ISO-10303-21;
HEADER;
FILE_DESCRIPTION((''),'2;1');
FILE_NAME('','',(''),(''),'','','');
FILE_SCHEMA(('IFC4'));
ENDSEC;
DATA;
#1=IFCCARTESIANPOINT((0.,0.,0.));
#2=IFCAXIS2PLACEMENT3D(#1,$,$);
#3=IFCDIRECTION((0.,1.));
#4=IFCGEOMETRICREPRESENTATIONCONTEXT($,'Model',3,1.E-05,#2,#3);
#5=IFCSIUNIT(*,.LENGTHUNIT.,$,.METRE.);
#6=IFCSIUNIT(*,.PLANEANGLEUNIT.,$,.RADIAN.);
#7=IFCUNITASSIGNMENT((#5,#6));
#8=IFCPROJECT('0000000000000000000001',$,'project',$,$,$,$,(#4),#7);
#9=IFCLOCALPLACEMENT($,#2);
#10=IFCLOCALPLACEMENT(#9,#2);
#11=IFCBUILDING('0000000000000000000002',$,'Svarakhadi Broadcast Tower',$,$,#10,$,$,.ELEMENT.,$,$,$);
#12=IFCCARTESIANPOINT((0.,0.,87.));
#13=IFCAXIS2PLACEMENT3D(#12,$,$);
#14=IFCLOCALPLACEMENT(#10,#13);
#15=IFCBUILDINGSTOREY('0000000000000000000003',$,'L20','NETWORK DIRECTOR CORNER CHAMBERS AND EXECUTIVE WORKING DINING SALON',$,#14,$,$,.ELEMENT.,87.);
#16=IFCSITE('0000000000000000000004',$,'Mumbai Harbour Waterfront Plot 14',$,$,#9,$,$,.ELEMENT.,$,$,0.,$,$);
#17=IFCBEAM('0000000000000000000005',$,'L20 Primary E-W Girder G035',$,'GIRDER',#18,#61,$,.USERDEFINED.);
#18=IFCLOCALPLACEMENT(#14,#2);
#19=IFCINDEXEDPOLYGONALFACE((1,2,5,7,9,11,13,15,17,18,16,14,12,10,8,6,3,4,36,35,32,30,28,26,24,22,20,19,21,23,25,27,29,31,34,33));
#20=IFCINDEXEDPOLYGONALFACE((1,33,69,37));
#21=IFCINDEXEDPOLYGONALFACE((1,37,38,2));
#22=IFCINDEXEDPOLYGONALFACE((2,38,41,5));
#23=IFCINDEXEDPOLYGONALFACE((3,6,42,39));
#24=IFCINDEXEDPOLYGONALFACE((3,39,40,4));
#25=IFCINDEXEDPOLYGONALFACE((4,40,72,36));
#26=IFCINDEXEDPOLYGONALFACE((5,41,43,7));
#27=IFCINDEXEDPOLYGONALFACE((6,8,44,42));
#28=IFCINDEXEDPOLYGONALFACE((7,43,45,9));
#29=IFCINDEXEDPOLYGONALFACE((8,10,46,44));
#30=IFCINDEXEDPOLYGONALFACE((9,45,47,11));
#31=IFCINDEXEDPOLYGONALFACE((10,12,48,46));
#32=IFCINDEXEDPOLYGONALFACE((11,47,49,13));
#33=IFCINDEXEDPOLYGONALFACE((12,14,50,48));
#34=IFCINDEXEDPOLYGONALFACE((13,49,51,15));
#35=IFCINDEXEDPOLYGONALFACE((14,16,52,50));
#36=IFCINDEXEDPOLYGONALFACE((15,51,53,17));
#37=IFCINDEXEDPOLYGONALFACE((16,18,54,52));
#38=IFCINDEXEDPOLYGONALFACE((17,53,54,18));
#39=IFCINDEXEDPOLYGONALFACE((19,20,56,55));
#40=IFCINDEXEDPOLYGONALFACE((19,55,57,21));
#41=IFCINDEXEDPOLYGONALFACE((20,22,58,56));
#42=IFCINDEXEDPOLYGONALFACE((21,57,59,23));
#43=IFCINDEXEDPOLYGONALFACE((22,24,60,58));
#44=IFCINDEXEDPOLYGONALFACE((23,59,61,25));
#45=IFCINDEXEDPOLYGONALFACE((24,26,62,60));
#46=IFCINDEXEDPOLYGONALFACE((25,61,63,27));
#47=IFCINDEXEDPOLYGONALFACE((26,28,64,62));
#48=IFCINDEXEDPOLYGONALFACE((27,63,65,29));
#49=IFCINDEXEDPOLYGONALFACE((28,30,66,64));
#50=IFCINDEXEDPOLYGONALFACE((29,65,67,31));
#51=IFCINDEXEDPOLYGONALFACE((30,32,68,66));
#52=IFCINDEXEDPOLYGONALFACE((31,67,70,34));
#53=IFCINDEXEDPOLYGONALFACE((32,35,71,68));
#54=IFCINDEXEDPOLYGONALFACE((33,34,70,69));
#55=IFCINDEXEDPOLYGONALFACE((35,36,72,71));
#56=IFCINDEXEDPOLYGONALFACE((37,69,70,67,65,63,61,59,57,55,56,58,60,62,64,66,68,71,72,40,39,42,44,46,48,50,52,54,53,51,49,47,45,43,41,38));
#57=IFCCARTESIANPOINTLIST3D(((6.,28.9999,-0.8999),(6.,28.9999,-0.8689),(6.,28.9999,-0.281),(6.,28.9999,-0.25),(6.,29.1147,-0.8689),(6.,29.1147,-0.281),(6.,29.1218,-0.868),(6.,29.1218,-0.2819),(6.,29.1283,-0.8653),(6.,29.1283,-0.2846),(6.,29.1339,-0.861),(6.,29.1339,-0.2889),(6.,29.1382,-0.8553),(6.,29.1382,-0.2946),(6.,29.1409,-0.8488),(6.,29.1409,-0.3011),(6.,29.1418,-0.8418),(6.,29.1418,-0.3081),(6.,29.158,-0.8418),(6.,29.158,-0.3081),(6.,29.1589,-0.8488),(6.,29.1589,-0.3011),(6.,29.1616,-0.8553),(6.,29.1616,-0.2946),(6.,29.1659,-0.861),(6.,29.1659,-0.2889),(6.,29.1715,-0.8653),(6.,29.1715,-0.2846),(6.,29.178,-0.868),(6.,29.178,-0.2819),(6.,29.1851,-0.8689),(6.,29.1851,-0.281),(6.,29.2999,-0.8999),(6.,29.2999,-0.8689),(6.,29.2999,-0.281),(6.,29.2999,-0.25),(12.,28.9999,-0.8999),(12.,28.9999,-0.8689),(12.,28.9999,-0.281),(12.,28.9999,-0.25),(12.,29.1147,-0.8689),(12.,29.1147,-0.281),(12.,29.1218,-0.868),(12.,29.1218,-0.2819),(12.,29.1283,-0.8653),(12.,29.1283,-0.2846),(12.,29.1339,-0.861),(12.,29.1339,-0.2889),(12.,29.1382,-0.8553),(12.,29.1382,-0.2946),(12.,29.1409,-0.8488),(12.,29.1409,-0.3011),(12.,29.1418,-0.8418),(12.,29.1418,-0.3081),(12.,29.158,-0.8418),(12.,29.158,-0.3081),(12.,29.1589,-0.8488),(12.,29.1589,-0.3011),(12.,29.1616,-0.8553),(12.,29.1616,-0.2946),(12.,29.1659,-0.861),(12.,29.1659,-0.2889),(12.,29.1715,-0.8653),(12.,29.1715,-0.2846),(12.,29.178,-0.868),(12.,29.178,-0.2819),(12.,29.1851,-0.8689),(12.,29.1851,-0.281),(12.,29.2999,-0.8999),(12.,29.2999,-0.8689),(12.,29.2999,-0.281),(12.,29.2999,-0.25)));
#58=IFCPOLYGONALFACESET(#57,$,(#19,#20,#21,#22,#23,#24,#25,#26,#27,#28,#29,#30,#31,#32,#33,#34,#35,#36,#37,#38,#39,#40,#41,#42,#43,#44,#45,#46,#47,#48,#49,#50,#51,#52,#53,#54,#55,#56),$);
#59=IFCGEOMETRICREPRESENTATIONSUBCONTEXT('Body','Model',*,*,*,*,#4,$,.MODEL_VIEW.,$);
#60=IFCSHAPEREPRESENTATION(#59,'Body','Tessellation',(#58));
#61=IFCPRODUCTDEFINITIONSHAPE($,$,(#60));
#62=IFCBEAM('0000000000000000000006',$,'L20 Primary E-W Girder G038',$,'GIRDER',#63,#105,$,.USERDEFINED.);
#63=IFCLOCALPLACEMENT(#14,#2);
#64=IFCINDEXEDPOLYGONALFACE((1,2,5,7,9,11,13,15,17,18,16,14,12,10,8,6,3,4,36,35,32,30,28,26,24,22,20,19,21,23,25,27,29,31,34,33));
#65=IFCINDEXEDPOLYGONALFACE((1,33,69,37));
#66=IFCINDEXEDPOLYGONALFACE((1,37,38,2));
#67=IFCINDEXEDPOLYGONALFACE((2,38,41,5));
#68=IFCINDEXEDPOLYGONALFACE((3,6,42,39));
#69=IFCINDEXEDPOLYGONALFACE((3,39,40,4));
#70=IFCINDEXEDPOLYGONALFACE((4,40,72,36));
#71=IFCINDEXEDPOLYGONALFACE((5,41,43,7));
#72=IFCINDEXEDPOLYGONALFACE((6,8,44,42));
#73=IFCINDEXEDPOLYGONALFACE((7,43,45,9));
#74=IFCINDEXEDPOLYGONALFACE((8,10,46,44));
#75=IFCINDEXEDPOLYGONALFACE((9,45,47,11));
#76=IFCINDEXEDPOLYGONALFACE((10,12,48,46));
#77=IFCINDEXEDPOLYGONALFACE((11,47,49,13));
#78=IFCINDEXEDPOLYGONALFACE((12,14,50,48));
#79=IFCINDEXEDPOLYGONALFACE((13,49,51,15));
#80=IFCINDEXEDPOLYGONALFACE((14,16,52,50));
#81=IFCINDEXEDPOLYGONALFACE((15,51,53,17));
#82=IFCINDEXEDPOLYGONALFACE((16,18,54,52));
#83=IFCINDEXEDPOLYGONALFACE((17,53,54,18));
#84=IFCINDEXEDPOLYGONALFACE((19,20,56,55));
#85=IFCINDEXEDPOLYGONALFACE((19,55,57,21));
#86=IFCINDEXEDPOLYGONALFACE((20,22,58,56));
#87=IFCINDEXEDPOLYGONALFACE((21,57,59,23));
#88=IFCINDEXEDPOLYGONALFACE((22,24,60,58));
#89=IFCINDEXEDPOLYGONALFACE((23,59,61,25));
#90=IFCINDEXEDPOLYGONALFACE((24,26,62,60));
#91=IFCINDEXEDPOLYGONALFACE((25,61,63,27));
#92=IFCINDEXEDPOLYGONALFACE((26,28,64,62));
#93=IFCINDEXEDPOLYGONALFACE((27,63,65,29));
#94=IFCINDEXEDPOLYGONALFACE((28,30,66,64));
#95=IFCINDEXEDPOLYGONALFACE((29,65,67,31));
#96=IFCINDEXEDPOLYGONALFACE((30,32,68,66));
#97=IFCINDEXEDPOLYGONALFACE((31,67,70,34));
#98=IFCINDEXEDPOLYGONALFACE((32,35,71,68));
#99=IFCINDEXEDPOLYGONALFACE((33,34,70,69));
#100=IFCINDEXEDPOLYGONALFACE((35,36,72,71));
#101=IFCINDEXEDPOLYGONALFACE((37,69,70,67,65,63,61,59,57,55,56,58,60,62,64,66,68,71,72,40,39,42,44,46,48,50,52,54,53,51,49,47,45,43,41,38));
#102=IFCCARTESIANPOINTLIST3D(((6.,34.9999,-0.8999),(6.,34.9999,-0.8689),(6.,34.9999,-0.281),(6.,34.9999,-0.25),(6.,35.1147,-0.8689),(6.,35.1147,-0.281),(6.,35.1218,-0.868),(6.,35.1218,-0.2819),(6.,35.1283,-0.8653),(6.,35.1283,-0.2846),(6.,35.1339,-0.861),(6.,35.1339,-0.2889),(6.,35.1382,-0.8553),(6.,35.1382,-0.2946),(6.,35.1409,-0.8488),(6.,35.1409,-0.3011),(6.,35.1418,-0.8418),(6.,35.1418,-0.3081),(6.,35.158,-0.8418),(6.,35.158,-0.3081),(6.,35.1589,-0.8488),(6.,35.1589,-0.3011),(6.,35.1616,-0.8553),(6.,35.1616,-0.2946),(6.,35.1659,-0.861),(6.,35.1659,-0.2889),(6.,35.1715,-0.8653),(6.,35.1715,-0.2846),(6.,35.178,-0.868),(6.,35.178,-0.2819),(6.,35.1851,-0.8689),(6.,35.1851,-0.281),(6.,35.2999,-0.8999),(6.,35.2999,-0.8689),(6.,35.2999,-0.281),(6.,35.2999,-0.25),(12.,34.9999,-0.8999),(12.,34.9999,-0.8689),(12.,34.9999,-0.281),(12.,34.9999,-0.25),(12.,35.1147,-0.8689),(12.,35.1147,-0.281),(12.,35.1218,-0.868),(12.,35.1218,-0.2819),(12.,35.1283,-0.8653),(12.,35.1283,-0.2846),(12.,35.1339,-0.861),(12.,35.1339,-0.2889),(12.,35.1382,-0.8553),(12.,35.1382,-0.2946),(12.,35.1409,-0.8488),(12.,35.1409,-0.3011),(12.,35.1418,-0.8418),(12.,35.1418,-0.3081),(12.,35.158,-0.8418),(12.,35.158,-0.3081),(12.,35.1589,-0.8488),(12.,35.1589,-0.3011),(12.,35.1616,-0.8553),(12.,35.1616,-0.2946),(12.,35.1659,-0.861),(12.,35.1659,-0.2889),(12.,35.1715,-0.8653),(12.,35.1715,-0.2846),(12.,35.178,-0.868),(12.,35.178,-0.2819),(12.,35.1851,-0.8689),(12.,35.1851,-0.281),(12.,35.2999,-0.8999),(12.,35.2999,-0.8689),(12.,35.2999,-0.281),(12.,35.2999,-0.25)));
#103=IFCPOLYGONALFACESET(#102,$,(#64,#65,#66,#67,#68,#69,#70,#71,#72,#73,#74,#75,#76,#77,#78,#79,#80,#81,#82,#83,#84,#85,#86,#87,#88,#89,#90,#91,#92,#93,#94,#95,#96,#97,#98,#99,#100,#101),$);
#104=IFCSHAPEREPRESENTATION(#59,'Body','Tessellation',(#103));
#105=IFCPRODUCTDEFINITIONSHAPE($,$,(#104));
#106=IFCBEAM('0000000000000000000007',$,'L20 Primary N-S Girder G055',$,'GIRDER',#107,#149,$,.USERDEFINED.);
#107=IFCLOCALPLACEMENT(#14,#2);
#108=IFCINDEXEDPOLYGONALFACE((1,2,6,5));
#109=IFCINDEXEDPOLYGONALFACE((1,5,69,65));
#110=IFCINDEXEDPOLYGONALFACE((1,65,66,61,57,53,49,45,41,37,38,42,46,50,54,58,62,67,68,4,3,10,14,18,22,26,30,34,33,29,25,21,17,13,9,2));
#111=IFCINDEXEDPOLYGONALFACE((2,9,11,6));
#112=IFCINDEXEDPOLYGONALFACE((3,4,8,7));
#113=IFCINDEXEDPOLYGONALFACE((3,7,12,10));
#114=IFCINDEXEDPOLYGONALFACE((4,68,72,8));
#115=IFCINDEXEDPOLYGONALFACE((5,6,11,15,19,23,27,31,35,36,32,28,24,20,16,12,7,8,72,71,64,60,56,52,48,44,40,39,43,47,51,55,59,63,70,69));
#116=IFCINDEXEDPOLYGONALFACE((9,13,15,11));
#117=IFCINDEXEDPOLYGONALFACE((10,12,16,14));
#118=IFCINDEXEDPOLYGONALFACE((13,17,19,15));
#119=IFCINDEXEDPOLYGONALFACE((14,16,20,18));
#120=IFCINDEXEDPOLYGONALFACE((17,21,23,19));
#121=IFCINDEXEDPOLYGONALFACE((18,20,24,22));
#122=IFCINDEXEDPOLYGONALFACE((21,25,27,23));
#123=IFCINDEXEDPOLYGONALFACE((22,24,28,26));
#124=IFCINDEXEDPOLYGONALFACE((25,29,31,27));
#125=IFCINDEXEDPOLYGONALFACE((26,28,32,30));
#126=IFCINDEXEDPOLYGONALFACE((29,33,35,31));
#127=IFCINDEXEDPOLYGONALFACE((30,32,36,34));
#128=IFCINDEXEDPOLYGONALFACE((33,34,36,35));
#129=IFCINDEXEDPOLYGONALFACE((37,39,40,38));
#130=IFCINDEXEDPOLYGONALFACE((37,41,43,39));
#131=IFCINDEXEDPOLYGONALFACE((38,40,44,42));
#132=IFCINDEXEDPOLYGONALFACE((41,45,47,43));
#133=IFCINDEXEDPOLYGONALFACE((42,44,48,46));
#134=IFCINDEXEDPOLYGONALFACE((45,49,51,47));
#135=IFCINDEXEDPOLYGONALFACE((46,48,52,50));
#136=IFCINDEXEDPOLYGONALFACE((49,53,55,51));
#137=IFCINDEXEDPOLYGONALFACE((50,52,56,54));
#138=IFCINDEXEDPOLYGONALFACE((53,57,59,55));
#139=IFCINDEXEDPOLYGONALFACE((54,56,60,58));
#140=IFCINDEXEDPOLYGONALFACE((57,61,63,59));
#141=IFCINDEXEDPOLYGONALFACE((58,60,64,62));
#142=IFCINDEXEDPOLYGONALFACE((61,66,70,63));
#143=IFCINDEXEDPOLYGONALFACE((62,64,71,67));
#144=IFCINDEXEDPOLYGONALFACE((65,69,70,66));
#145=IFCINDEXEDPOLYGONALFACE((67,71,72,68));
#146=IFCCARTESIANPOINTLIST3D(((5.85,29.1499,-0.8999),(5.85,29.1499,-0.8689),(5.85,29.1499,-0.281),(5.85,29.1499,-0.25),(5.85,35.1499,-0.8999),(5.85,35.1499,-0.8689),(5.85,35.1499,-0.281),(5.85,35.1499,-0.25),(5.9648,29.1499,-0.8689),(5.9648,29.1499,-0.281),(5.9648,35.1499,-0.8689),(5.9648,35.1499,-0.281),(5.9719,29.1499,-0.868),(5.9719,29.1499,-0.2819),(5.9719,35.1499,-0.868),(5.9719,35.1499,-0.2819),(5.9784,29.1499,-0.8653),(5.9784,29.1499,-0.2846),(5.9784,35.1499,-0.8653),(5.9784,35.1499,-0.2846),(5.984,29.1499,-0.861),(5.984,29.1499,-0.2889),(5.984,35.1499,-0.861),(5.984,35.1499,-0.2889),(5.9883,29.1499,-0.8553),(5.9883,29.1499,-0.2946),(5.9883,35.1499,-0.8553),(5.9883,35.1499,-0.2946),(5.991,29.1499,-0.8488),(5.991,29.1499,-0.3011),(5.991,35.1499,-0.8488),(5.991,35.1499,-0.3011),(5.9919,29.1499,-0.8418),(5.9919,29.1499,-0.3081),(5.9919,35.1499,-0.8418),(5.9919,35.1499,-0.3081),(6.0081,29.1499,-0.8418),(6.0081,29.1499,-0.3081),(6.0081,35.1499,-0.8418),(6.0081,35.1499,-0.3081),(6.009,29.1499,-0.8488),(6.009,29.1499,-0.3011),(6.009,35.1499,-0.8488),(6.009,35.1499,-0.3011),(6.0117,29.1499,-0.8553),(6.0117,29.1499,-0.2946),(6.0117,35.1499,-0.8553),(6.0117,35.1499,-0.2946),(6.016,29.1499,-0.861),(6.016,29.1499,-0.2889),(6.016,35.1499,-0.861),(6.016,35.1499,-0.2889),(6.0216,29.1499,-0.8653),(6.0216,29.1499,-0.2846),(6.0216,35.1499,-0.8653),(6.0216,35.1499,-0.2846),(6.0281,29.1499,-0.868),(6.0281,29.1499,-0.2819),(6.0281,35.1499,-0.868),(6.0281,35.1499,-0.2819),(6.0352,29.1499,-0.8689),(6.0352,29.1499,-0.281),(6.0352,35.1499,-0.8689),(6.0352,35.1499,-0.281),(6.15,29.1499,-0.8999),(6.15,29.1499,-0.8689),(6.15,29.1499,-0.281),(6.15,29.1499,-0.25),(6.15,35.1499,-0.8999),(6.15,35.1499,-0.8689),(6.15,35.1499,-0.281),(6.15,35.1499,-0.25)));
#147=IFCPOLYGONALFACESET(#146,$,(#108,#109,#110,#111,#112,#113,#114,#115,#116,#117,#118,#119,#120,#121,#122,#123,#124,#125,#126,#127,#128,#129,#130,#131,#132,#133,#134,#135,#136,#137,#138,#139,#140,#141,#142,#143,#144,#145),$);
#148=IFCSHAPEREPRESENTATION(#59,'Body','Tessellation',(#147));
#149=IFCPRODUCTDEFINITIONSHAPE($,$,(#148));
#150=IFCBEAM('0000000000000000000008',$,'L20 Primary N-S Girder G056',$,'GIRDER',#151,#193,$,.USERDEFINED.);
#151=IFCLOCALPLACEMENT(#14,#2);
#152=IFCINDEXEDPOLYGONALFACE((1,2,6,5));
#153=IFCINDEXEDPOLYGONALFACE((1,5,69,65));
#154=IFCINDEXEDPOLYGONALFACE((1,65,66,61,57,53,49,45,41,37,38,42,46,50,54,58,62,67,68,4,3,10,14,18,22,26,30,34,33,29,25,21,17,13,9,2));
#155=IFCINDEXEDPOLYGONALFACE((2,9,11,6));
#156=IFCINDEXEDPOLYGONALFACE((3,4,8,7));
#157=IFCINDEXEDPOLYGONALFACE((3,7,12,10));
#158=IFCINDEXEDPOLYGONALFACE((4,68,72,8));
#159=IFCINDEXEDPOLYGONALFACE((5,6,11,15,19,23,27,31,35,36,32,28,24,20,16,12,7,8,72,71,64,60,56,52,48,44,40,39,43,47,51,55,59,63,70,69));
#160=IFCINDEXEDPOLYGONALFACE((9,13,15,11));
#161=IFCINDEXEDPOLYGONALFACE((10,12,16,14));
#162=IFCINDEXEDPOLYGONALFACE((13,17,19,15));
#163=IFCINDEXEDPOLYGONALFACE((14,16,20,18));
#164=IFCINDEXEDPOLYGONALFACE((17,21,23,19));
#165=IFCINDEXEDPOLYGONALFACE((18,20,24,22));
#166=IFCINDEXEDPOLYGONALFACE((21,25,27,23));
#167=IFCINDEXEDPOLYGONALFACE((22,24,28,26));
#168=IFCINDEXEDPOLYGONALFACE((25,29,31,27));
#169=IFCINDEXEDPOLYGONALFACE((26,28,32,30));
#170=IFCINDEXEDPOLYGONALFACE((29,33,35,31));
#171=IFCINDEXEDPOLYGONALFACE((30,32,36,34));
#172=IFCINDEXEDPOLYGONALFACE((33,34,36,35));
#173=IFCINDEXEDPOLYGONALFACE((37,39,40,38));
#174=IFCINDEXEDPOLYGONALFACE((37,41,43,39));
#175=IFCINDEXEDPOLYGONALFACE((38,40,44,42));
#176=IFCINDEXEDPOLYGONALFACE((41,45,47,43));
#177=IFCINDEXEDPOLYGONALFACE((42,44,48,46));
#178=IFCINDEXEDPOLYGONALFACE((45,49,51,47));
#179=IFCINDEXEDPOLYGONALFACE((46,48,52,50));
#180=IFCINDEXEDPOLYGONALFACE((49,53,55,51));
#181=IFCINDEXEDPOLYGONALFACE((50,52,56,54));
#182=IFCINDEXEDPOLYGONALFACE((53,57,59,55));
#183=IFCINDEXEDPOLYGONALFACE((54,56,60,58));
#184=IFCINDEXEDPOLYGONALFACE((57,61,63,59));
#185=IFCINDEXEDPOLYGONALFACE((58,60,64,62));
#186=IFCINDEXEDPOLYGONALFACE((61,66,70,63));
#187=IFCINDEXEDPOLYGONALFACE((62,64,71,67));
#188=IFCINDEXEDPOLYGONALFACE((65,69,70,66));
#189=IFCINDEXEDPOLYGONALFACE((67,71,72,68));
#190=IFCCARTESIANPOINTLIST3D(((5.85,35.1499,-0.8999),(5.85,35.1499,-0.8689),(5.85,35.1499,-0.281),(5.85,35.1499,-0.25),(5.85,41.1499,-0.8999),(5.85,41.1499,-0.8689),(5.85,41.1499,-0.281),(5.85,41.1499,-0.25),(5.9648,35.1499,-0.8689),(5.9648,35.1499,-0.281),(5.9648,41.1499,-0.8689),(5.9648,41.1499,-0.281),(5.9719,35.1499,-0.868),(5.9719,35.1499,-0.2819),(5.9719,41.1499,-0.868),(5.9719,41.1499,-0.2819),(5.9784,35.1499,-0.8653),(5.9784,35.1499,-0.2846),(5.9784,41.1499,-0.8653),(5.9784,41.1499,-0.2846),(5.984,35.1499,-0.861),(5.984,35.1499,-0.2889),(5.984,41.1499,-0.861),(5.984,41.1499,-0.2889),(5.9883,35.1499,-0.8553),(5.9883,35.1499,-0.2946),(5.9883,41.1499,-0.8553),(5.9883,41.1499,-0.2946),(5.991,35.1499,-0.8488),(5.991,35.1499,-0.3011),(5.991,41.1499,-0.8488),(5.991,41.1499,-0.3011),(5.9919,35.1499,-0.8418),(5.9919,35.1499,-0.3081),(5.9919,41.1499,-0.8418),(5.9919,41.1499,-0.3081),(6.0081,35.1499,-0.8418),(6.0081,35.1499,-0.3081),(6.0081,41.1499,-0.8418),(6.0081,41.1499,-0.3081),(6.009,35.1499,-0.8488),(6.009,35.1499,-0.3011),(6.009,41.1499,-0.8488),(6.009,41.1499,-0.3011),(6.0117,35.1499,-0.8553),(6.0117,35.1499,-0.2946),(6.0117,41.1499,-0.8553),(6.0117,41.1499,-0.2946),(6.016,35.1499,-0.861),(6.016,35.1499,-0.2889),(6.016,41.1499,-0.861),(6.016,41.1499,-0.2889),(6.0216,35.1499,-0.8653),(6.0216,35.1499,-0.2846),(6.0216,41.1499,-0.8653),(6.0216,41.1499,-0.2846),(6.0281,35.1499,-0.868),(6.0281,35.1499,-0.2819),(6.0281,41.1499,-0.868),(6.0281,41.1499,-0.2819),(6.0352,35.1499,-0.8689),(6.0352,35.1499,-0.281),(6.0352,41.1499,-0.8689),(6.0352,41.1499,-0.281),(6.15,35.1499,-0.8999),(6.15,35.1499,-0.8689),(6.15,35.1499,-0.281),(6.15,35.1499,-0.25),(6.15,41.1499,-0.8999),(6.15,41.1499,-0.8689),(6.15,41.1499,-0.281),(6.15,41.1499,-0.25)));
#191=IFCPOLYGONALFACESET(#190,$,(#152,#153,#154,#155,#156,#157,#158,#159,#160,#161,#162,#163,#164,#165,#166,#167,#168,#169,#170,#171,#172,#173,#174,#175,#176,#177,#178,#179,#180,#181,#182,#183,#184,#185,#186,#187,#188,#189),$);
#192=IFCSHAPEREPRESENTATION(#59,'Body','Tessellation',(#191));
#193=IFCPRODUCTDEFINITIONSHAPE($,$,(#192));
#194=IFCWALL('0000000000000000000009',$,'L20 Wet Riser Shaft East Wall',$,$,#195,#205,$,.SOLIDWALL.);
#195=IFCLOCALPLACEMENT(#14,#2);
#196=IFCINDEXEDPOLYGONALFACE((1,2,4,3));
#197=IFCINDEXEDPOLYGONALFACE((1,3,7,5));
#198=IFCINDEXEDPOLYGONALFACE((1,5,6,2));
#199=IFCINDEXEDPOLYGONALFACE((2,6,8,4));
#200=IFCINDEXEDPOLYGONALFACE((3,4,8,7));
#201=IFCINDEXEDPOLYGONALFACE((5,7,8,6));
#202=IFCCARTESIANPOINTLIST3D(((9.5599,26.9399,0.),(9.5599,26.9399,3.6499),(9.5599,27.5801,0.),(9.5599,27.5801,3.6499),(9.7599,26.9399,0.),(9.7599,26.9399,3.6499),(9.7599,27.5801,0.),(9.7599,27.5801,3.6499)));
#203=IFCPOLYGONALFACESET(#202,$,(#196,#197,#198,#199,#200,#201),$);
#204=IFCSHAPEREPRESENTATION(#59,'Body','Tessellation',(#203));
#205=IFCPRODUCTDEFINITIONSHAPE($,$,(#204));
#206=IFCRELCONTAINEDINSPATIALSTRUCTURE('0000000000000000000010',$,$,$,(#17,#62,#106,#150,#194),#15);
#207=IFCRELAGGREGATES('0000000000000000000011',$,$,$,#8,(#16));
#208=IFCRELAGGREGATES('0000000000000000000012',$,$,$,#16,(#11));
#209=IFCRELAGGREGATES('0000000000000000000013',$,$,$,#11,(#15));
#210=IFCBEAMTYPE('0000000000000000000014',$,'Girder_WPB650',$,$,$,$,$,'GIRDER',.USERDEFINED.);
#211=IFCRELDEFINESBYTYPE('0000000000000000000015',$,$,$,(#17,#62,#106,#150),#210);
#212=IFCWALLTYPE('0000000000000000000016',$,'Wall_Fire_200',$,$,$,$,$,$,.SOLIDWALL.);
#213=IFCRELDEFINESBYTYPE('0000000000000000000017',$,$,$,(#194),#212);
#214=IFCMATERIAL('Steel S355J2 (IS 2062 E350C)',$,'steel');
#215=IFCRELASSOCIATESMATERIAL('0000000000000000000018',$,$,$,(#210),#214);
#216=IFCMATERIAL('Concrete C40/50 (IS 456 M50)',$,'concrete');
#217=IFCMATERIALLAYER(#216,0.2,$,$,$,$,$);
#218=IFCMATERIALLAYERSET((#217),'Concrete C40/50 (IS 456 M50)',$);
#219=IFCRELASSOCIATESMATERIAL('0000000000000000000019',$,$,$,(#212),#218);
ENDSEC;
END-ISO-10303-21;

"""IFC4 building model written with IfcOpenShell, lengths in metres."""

from ifc_helpers import new_model, si_unit, direction, frame, frame_2d, origin, origin_2d, place, context, subcontext, project, spatial, rectangle, i_section, extrude, material, layer, layer_set, material_profile, profile_set, type_object, element, save


model = new_model("IFC4")

# Units and contexts
model_context = context("Model", 3, precision=1e-05, world=origin(), true_north=direction((0.0, 1.0)))
body_context = subcontext(model_context, "Body", "Model", "MODEL_VIEW")
ifc_project = project(units=[si_unit("LENGTHUNIT", "METRE"), si_unit("PLANEANGLEUNIT", "RADIAN")], contexts=[model_context])

# Site, building, storey
site_placement = place(None, origin())
site = spatial("IfcSite", under=ifc_project, at=site_placement, Name="Mumbai Harbour Waterfront Plot 14", CompositionType="ELEMENT", RefElevation=0.0)
building_placement = place(site_placement, origin())
building = spatial("IfcBuilding", under=site, at=building_placement, Name="Svarakhadi Broadcast Tower", CompositionType="ELEMENT")
storey_placement = place(building_placement, frame((0.0, 0.0, 87.0)))
storey = spatial("IfcBuildingStorey", under=building, at=storey_placement, Name="L20", Description="NETWORK DIRECTOR CORNER CHAMBERS AND EXECUTIVE WORKING DINING SALON", CompositionType="ELEMENT", Elevation=87.0)

# Beams
ifc_material_1 = material(Name="Steel S355J2 (IS 2062 E350C)", Category="steel")
ifc_material_profile_1 = material_profile(ifc_material_1, i_section(OverallWidth=0.3, OverallDepth=0.6499, WebThickness=0.0161, FlangeThickness=0.031, FilletRadius=0.0271, at=origin_2d()), Name="WPB 650x300x225")
ifc_profile_set_1 = profile_set([ifc_material_profile_1], Name="Steel S355J2 (IS 2062 E350C)")
beam_type_1 = type_object("IfcBeamType", Name="Girder_WPB650", ElementType="GIRDER", PredefinedType="USERDEFINED", material=ifc_profile_set_1)
for number, where, z_axis, x_axis, name in (
    (1, (6.0, 29.1499, -0.575), (1.0, 0.0, 0.0), (0.0, 1.0, 0.0), "L20 Primary E-W Girder G035"),
    (2, (6.0, 35.1499, -0.575), (1.0, 0.0, 0.0), (0.0, 1.0, 0.0), "L20 Primary E-W Girder G038"),
    (3, (6.0, 29.1499, -0.575), (0.0, 1.0, 0.0), (-1.0, 0.0, 0.0), "L20 Primary N-S Girder G055"),
    (4, (6.0, 35.1499, -0.575), (0.0, 1.0, 0.0), (-1.0, 0.0, 0.0), "L20 Primary N-S Girder G056"),
):
    element("IfcBeam", number, at=place(storey_placement, frame(where, z_axis=z_axis, x_axis=x_axis)), inside=storey, type_object=beam_type_1, Name=name, ObjectType="GIRDER", PredefinedType="USERDEFINED", context=body_context, shape_type="SweptSolid", body=[
        extrude(i_section(OverallWidth=0.3, OverallDepth=0.6499, WebThickness=0.0161, FlangeThickness=0.031, FilletRadius=0.0271, at=origin_2d()), origin(), (0.0, 0.0, 1.0), 6.0),
    ])

# Wall
ifc_material_2 = material(Name="Concrete C40/50 (IS 456 M50)", Category="concrete")
ifc_layer_1 = layer(ifc_material_2, 0.2)
ifc_layer_set_1 = layer_set([ifc_layer_1], Name="Concrete C40/50 (IS 456 M50)")
wall_type_1 = type_object("IfcWallType", Name="Wall_Fire_200", PredefinedType="SOLIDWALL", material=ifc_layer_set_1)
wall_1_placement = place(storey_placement, frame((9.6599, 26.9399, 0.0), z_axis=(0.0, 0.0, 1.0), x_axis=(0.0, 1.0, 0.0)))
element("IfcWall", 5, at=wall_1_placement, inside=storey, type_object=wall_type_1, Name="L20 Wet Riser Shaft East Wall", PredefinedType="SOLIDWALL", context=body_context, shape_type="SweptSolid", body=[
    extrude(rectangle(XDim=0.6401, YDim=0.2, at=frame_2d((0.3201, 0.0))), origin(), (0.0, 0.0, 1.0), 3.6499),
])

save(model, "model.ifc")
